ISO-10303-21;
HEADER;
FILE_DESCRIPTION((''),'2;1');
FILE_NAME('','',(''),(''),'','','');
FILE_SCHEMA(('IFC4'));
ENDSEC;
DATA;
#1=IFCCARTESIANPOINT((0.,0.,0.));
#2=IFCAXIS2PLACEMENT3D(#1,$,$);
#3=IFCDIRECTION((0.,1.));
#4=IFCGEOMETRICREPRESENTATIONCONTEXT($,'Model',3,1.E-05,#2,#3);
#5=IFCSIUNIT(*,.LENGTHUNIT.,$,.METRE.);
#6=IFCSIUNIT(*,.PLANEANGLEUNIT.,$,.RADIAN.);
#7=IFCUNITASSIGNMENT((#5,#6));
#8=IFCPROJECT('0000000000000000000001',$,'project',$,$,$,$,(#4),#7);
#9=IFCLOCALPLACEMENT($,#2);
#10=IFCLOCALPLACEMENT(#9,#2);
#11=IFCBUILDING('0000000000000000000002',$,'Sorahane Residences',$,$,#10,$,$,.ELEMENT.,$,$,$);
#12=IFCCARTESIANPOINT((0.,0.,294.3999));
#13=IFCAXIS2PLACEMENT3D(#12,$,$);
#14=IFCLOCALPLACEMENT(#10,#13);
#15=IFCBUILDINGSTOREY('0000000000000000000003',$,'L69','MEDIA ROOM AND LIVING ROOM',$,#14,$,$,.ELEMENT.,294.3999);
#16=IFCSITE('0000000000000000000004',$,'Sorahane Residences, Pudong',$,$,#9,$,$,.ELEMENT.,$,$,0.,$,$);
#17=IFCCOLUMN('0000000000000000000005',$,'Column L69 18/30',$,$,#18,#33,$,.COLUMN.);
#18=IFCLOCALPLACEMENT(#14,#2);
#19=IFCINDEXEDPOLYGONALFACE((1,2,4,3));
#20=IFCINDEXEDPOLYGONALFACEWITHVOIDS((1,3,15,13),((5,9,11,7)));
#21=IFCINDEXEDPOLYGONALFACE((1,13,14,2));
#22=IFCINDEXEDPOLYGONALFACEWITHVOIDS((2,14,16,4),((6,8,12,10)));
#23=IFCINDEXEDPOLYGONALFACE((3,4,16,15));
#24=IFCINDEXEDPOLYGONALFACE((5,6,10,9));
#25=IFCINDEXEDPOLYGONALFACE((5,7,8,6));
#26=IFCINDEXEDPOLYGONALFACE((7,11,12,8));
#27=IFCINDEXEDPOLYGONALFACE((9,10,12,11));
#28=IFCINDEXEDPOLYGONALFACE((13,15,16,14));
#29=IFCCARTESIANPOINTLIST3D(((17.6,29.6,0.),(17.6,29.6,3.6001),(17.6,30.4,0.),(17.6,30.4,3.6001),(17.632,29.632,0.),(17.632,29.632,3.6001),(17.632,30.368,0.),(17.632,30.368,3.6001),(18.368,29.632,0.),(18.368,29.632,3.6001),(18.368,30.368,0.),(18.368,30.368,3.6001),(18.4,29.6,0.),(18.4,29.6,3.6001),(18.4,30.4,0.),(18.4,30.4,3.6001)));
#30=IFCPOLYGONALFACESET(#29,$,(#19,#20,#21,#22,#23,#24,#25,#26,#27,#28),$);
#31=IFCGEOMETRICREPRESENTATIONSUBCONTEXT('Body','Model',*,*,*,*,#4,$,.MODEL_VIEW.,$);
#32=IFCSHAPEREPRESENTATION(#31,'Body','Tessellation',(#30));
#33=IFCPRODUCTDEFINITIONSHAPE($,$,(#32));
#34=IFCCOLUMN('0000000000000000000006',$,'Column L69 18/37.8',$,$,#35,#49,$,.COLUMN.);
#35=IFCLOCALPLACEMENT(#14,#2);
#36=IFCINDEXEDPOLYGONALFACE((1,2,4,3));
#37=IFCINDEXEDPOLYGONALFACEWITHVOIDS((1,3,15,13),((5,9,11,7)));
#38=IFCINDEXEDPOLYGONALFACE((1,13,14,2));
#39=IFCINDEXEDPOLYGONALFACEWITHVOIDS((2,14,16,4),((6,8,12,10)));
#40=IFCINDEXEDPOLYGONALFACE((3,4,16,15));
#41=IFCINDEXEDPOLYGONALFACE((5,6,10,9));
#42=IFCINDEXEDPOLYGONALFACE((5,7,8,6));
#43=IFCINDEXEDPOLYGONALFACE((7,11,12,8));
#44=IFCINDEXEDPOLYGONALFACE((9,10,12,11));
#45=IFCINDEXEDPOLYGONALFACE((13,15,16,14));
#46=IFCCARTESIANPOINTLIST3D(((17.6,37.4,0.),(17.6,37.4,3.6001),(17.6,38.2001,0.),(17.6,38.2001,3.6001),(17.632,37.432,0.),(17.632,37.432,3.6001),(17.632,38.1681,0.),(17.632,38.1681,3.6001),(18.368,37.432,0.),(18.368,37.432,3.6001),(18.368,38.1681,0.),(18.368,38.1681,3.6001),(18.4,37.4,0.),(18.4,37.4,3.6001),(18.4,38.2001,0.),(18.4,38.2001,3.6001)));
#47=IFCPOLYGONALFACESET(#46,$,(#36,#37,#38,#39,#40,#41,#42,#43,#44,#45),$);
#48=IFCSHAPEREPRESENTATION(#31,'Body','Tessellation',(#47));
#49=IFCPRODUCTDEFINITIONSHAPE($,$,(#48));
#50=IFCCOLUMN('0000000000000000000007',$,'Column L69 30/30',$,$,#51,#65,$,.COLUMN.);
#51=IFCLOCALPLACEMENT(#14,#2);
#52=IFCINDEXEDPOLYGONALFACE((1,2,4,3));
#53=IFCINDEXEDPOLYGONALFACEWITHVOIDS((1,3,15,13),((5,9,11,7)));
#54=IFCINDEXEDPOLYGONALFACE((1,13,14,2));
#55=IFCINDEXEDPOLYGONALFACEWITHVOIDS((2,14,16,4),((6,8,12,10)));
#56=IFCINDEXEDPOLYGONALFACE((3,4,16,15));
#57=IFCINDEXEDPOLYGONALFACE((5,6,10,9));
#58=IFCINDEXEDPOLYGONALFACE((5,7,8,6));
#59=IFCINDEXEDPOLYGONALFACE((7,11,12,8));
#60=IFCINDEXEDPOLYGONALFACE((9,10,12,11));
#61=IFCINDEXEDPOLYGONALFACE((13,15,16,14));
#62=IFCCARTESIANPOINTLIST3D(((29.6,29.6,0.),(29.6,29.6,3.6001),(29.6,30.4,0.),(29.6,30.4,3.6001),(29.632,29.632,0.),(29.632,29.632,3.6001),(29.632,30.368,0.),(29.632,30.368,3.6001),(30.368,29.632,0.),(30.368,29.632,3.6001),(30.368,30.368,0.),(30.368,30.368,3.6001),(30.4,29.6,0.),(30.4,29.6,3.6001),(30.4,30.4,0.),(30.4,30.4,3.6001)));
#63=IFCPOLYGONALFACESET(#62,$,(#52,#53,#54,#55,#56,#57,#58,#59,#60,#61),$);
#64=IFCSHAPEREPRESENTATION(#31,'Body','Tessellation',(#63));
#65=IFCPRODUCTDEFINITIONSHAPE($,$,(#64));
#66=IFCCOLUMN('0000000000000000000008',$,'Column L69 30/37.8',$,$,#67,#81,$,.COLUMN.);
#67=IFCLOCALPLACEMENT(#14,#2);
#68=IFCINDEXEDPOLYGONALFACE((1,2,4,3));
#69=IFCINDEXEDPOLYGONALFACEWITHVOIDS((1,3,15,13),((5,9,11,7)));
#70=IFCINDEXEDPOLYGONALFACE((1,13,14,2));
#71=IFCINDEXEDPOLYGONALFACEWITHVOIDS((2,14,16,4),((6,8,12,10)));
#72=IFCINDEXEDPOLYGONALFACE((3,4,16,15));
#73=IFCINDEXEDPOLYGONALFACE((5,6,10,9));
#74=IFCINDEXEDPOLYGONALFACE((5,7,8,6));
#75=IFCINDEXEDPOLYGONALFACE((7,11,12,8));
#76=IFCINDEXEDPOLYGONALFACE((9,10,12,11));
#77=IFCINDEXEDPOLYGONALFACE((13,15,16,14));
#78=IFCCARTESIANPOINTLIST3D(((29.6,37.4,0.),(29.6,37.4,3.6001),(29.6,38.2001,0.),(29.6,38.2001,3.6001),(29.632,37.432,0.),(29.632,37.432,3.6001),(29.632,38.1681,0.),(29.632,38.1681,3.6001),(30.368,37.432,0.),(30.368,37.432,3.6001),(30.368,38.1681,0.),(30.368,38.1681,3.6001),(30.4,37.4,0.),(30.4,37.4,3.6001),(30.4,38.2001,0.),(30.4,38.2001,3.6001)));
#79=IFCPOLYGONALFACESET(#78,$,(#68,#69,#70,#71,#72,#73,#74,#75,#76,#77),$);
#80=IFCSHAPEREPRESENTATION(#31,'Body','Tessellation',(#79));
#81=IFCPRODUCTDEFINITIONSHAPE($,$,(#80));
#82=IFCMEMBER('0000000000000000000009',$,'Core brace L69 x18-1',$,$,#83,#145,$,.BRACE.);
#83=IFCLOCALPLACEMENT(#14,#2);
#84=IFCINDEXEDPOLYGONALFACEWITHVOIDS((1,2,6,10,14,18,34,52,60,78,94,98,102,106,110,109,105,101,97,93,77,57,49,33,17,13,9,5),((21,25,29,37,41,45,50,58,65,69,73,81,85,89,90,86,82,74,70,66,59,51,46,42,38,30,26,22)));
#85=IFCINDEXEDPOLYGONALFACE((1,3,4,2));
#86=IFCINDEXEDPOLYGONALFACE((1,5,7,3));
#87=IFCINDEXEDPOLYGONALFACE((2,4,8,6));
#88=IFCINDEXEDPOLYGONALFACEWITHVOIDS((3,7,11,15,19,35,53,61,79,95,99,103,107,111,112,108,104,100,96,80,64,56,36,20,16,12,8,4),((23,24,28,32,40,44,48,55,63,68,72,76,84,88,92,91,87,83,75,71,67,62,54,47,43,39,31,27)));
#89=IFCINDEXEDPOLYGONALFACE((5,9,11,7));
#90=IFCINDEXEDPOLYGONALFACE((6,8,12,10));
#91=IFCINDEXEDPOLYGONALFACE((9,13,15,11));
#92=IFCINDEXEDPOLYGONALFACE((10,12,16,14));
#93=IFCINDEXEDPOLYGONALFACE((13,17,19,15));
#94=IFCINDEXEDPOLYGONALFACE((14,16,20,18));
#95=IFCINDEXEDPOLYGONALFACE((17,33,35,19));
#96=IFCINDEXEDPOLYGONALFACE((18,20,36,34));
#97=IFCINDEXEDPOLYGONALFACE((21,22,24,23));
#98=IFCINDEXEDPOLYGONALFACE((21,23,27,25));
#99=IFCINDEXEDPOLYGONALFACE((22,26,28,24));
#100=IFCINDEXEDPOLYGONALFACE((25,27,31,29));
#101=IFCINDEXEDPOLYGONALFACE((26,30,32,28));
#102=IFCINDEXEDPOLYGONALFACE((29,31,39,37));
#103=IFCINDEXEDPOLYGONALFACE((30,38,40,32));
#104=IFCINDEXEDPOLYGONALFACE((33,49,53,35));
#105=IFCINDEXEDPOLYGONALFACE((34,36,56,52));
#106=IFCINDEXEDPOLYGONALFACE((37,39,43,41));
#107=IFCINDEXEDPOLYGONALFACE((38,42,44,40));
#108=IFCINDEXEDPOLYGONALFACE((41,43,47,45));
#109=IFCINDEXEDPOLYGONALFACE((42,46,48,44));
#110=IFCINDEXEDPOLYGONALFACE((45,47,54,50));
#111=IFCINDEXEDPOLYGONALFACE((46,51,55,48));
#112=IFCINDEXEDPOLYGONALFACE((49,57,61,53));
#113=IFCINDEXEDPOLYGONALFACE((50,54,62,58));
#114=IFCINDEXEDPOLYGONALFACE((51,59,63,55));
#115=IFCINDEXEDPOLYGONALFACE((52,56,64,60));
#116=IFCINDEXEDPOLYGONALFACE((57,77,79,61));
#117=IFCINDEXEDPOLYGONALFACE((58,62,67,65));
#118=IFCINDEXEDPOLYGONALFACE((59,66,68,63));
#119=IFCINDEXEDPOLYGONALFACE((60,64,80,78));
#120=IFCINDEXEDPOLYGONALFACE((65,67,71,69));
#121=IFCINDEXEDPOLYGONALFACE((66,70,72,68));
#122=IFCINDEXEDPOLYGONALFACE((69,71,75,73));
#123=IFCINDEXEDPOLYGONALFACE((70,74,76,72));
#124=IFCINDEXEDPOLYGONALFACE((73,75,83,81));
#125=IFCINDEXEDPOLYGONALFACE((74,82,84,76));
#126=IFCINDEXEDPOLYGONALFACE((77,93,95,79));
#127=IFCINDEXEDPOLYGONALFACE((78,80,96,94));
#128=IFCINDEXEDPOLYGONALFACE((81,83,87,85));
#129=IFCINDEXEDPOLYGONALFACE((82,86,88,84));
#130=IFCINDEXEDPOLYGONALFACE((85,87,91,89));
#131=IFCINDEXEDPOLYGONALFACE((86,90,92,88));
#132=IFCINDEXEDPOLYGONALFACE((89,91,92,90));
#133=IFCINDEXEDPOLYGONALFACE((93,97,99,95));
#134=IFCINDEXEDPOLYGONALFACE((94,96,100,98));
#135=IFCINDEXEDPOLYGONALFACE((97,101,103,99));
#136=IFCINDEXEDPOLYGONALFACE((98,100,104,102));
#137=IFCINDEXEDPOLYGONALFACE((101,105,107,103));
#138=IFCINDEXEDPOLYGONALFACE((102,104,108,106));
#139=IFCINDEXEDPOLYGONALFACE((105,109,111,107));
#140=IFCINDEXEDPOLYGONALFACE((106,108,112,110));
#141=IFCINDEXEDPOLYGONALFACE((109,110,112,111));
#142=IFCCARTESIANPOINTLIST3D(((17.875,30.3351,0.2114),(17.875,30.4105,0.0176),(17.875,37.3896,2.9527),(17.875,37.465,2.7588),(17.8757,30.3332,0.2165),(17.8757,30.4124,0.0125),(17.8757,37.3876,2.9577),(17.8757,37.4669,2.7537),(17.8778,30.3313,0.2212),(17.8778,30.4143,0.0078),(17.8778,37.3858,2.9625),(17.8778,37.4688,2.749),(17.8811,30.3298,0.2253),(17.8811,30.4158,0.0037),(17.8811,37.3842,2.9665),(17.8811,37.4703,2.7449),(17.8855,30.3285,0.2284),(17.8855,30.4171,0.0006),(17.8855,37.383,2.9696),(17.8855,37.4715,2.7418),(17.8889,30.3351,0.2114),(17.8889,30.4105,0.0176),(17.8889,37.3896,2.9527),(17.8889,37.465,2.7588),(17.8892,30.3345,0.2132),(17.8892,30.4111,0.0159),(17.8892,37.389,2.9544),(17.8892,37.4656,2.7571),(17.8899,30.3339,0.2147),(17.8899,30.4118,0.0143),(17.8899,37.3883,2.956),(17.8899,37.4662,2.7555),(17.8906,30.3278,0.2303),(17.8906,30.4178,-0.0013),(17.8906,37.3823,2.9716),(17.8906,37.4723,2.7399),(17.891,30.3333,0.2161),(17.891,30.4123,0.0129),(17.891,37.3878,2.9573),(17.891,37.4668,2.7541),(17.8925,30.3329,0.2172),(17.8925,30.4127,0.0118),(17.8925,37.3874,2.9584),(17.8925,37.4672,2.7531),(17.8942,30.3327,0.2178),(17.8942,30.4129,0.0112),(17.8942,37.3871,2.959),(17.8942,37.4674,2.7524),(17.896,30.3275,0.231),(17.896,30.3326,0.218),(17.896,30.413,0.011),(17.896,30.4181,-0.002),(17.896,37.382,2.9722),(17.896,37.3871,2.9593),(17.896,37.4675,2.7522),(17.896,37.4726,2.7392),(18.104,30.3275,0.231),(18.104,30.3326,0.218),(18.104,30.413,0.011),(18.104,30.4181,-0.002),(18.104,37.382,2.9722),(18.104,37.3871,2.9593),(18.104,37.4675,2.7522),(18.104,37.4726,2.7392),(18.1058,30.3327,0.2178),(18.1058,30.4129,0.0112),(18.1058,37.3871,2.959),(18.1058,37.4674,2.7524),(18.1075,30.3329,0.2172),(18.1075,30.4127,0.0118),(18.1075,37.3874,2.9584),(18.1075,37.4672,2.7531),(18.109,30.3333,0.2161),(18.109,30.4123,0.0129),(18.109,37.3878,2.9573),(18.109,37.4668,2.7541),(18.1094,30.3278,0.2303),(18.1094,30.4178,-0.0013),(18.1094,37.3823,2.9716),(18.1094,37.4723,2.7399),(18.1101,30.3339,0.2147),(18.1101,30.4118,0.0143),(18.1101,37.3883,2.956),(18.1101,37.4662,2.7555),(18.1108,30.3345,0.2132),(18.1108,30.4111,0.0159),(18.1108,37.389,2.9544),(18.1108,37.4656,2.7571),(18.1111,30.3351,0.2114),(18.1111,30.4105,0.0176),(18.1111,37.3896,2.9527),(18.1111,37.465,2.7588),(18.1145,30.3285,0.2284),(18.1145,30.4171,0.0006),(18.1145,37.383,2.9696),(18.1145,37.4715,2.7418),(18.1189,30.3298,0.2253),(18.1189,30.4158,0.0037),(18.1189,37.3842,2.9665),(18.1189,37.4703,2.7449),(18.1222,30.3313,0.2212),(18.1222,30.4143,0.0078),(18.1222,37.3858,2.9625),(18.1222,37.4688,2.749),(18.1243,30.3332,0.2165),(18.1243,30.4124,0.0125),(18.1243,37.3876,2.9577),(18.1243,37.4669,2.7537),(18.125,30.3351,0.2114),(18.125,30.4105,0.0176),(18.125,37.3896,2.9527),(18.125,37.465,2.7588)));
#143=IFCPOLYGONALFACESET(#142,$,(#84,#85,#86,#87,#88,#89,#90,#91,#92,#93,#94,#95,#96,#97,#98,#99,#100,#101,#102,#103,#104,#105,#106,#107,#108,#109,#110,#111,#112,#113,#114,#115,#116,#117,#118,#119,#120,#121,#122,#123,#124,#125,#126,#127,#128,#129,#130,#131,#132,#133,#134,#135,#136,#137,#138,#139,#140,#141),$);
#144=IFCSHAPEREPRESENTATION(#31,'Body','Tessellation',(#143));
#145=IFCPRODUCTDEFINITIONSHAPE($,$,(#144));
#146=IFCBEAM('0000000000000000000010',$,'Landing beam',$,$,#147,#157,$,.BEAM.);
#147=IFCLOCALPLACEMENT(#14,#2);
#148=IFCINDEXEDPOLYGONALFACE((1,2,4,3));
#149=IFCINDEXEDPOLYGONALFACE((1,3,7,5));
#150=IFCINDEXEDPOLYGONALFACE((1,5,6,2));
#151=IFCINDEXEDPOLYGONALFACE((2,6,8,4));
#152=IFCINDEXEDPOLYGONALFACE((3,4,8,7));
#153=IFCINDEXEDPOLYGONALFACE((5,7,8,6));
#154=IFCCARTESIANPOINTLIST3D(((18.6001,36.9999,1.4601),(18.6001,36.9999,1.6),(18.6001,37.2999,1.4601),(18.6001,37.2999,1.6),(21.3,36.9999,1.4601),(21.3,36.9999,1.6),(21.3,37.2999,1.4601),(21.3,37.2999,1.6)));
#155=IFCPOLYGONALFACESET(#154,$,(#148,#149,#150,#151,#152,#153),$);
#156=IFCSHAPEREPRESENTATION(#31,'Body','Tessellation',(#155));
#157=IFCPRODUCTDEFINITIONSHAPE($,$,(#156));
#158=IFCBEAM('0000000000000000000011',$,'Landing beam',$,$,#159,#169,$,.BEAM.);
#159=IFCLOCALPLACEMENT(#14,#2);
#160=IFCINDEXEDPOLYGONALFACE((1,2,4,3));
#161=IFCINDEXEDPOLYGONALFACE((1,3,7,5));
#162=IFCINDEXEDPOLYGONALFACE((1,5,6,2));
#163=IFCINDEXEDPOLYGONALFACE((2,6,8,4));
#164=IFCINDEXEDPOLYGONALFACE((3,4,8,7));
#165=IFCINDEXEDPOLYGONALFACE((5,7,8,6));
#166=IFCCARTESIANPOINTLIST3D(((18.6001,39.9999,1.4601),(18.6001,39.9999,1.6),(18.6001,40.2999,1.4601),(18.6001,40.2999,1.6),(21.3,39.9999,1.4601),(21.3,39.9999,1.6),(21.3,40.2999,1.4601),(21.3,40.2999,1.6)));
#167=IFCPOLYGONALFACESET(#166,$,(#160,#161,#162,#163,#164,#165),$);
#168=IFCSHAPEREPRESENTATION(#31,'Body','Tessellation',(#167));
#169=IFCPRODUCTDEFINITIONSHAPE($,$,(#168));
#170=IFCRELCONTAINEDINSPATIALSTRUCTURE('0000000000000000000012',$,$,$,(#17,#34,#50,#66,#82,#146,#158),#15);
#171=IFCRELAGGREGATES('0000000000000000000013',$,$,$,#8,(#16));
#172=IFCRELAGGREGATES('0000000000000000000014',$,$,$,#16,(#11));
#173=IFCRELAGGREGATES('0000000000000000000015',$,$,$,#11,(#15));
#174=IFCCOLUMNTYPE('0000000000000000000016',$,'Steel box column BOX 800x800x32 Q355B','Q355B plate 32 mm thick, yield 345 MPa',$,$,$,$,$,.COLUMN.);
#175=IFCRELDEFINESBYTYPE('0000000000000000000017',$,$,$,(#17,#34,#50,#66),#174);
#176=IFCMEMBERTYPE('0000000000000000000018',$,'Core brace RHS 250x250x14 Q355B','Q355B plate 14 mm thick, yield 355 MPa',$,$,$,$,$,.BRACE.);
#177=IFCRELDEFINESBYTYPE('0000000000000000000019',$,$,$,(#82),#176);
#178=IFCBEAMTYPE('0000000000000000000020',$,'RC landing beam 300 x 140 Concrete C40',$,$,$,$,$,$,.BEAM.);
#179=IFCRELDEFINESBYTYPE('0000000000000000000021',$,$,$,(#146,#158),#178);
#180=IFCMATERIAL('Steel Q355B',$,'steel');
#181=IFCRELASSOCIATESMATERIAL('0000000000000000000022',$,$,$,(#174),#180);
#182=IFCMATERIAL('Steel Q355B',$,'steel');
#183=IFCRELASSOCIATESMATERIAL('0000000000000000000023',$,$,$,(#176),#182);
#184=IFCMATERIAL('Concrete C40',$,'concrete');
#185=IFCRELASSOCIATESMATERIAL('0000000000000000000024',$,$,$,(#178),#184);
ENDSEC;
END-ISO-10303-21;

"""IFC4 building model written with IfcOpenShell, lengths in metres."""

from ifc_helpers import new_model, si_unit, direction, frame, origin, origin_2d, place, context, subcontext, project, spatial, rectangle, hollow_rectangle, extrude, material, material_profile, profile_set, type_object, element, save


model = new_model("IFC4")

# Units and contexts
model_context = context("Model", 3, precision=1e-05, world=origin(), true_north=direction((0.0, 1.0)))
body_context = subcontext(model_context, "Body", "Model", "MODEL_VIEW")
ifc_project = project(units=[si_unit("LENGTHUNIT", "METRE"), si_unit("PLANEANGLEUNIT", "RADIAN")], contexts=[model_context])

# Site, building, storey
site_placement = place(None, origin())
site = spatial("IfcSite", under=ifc_project, at=site_placement, Name="Sorahane Residences, Pudong", CompositionType="ELEMENT", RefElevation=0.0)
building_placement = place(site_placement, origin())
building = spatial("IfcBuilding", under=site, at=building_placement, Name="Sorahane Residences", CompositionType="ELEMENT")
storey_placement = place(building_placement, frame((0.0, 0.0, 294.3999)))
storey = spatial("IfcBuildingStorey", under=building, at=storey_placement, Name="L69", Description="MEDIA ROOM AND LIVING ROOM", CompositionType="ELEMENT", Elevation=294.3999)

# Columns
ifc_material_1 = material(Name="Steel Q355B", Category="steel")
ifc_material_profile_1 = material_profile(ifc_material_1, hollow_rectangle(XDim=0.8, YDim=0.8, WallThickness=0.032, at=origin_2d()), Name="BOX 800x800x32")
ifc_profile_set_1 = profile_set([ifc_material_profile_1], Name="Steel Q355B")
column_type = type_object("IfcColumnType", Name="Steel box column BOX 800x800x32 Q355B", Description="Q355B plate 32 mm thick, yield 345 MPa", PredefinedType="COLUMN", material=ifc_profile_set_1)
for number, where, z_axis, x_axis, name in (
    (1, (18.0, 30.0, 0.0), (0.0, 0.0, 1.0), (1.0, 0.0, 0.0), "Column L69 18/30"),
    (2, (18.0, 37.8, 0.0), (0.0, 0.0, 1.0), (1.0, 0.0, 0.0), "Column L69 18/37.8"),
    (3, (30.0, 30.0, 0.0), (0.0, 0.0, 1.0), (1.0, 0.0, 0.0), "Column L69 30/30"),
    (4, (30.0, 37.8, 0.0), (0.0, 0.0, 1.0), (1.0, 0.0, 0.0), "Column L69 30/37.8"),
):
    element("IfcColumn", number, at=place(storey_placement, frame(where, z_axis=z_axis, x_axis=x_axis)), inside=storey, type_object=column_type, Name=name, PredefinedType="COLUMN", context=body_context, shape_type="SweptSolid", body=[
        extrude(hollow_rectangle(XDim=0.8, YDim=0.8, WallThickness=0.032, at=origin_2d()), origin(), (0.0, 0.0, 1.0), 3.6001),
    ])

# Member
ifc_material_2 = material(Name="Steel Q355B", Category="steel")
ifc_material_profile_2 = material_profile(ifc_material_2, hollow_rectangle(XDim=0.25, YDim=0.25, WallThickness=0.0139, InnerFilletRadius=0.0071, OuterFilletRadius=0.021, at=origin_2d()), Name="RHS 250x250x14")
ifc_profile_set_2 = profile_set([ifc_material_profile_2], Name="Steel Q355B")
member_type = type_object("IfcMemberType", Name="Core brace RHS 250x250x14 Q355B", Description="Q355B plate 14 mm thick, yield 355 MPa", PredefinedType="BRACE", material=ifc_profile_set_2)
member_placement = place(storey_placement, frame((18.0, 30.3728, 0.1145), z_axis=(0.0, 0.932102, 0.362196), x_axis=(-1.0, 0.0, 0.0)))
element("IfcMember", 5, at=member_placement, inside=storey, type_object=member_type, Name="Core brace L69 x18-1", PredefinedType="BRACE", context=body_context, shape_type="SweptSolid", body=[
    extrude(hollow_rectangle(XDim=0.25, YDim=0.25, WallThickness=0.0139, InnerFilletRadius=0.0071, OuterFilletRadius=0.021, at=origin_2d()), origin(), (0.0, 0.0, 1.0), 7.5684),
])

# Beams
ifc_material_3 = material(Name="Concrete C40", Category="concrete")
ifc_material_profile_3 = material_profile(ifc_material_3, rectangle(XDim=0.3, YDim=0.1399, at=origin_2d()), Name="300x140")
ifc_profile_set_3 = profile_set([ifc_material_profile_3], Name="Concrete C40")
beam_type_1 = type_object("IfcBeamType", Name="RC landing beam 300 x 140 Concrete C40", PredefinedType="BEAM", material=ifc_profile_set_3)
for number, where, z_axis, x_axis, name in (
    (6, (18.6001, 37.1499, 1.53), (1.0, 0.0, 0.0), (0.0, 1.0, 0.0), "Landing beam"),
    (7, (18.6001, 40.1499, 1.53), (1.0, 0.0, 0.0), (0.0, 1.0, 0.0), "Landing beam"),
):
    element("IfcBeam", number, at=place(storey_placement, frame(where, z_axis=z_axis, x_axis=x_axis)), inside=storey, type_object=beam_type_1, Name=name, PredefinedType="BEAM", context=body_context, shape_type="SweptSolid", body=[
        extrude(rectangle(XDim=0.3, YDim=0.1399, at=origin_2d()), origin(), (0.0, 0.0, 1.0), 2.7),
    ])

save(model, "model.ifc")
